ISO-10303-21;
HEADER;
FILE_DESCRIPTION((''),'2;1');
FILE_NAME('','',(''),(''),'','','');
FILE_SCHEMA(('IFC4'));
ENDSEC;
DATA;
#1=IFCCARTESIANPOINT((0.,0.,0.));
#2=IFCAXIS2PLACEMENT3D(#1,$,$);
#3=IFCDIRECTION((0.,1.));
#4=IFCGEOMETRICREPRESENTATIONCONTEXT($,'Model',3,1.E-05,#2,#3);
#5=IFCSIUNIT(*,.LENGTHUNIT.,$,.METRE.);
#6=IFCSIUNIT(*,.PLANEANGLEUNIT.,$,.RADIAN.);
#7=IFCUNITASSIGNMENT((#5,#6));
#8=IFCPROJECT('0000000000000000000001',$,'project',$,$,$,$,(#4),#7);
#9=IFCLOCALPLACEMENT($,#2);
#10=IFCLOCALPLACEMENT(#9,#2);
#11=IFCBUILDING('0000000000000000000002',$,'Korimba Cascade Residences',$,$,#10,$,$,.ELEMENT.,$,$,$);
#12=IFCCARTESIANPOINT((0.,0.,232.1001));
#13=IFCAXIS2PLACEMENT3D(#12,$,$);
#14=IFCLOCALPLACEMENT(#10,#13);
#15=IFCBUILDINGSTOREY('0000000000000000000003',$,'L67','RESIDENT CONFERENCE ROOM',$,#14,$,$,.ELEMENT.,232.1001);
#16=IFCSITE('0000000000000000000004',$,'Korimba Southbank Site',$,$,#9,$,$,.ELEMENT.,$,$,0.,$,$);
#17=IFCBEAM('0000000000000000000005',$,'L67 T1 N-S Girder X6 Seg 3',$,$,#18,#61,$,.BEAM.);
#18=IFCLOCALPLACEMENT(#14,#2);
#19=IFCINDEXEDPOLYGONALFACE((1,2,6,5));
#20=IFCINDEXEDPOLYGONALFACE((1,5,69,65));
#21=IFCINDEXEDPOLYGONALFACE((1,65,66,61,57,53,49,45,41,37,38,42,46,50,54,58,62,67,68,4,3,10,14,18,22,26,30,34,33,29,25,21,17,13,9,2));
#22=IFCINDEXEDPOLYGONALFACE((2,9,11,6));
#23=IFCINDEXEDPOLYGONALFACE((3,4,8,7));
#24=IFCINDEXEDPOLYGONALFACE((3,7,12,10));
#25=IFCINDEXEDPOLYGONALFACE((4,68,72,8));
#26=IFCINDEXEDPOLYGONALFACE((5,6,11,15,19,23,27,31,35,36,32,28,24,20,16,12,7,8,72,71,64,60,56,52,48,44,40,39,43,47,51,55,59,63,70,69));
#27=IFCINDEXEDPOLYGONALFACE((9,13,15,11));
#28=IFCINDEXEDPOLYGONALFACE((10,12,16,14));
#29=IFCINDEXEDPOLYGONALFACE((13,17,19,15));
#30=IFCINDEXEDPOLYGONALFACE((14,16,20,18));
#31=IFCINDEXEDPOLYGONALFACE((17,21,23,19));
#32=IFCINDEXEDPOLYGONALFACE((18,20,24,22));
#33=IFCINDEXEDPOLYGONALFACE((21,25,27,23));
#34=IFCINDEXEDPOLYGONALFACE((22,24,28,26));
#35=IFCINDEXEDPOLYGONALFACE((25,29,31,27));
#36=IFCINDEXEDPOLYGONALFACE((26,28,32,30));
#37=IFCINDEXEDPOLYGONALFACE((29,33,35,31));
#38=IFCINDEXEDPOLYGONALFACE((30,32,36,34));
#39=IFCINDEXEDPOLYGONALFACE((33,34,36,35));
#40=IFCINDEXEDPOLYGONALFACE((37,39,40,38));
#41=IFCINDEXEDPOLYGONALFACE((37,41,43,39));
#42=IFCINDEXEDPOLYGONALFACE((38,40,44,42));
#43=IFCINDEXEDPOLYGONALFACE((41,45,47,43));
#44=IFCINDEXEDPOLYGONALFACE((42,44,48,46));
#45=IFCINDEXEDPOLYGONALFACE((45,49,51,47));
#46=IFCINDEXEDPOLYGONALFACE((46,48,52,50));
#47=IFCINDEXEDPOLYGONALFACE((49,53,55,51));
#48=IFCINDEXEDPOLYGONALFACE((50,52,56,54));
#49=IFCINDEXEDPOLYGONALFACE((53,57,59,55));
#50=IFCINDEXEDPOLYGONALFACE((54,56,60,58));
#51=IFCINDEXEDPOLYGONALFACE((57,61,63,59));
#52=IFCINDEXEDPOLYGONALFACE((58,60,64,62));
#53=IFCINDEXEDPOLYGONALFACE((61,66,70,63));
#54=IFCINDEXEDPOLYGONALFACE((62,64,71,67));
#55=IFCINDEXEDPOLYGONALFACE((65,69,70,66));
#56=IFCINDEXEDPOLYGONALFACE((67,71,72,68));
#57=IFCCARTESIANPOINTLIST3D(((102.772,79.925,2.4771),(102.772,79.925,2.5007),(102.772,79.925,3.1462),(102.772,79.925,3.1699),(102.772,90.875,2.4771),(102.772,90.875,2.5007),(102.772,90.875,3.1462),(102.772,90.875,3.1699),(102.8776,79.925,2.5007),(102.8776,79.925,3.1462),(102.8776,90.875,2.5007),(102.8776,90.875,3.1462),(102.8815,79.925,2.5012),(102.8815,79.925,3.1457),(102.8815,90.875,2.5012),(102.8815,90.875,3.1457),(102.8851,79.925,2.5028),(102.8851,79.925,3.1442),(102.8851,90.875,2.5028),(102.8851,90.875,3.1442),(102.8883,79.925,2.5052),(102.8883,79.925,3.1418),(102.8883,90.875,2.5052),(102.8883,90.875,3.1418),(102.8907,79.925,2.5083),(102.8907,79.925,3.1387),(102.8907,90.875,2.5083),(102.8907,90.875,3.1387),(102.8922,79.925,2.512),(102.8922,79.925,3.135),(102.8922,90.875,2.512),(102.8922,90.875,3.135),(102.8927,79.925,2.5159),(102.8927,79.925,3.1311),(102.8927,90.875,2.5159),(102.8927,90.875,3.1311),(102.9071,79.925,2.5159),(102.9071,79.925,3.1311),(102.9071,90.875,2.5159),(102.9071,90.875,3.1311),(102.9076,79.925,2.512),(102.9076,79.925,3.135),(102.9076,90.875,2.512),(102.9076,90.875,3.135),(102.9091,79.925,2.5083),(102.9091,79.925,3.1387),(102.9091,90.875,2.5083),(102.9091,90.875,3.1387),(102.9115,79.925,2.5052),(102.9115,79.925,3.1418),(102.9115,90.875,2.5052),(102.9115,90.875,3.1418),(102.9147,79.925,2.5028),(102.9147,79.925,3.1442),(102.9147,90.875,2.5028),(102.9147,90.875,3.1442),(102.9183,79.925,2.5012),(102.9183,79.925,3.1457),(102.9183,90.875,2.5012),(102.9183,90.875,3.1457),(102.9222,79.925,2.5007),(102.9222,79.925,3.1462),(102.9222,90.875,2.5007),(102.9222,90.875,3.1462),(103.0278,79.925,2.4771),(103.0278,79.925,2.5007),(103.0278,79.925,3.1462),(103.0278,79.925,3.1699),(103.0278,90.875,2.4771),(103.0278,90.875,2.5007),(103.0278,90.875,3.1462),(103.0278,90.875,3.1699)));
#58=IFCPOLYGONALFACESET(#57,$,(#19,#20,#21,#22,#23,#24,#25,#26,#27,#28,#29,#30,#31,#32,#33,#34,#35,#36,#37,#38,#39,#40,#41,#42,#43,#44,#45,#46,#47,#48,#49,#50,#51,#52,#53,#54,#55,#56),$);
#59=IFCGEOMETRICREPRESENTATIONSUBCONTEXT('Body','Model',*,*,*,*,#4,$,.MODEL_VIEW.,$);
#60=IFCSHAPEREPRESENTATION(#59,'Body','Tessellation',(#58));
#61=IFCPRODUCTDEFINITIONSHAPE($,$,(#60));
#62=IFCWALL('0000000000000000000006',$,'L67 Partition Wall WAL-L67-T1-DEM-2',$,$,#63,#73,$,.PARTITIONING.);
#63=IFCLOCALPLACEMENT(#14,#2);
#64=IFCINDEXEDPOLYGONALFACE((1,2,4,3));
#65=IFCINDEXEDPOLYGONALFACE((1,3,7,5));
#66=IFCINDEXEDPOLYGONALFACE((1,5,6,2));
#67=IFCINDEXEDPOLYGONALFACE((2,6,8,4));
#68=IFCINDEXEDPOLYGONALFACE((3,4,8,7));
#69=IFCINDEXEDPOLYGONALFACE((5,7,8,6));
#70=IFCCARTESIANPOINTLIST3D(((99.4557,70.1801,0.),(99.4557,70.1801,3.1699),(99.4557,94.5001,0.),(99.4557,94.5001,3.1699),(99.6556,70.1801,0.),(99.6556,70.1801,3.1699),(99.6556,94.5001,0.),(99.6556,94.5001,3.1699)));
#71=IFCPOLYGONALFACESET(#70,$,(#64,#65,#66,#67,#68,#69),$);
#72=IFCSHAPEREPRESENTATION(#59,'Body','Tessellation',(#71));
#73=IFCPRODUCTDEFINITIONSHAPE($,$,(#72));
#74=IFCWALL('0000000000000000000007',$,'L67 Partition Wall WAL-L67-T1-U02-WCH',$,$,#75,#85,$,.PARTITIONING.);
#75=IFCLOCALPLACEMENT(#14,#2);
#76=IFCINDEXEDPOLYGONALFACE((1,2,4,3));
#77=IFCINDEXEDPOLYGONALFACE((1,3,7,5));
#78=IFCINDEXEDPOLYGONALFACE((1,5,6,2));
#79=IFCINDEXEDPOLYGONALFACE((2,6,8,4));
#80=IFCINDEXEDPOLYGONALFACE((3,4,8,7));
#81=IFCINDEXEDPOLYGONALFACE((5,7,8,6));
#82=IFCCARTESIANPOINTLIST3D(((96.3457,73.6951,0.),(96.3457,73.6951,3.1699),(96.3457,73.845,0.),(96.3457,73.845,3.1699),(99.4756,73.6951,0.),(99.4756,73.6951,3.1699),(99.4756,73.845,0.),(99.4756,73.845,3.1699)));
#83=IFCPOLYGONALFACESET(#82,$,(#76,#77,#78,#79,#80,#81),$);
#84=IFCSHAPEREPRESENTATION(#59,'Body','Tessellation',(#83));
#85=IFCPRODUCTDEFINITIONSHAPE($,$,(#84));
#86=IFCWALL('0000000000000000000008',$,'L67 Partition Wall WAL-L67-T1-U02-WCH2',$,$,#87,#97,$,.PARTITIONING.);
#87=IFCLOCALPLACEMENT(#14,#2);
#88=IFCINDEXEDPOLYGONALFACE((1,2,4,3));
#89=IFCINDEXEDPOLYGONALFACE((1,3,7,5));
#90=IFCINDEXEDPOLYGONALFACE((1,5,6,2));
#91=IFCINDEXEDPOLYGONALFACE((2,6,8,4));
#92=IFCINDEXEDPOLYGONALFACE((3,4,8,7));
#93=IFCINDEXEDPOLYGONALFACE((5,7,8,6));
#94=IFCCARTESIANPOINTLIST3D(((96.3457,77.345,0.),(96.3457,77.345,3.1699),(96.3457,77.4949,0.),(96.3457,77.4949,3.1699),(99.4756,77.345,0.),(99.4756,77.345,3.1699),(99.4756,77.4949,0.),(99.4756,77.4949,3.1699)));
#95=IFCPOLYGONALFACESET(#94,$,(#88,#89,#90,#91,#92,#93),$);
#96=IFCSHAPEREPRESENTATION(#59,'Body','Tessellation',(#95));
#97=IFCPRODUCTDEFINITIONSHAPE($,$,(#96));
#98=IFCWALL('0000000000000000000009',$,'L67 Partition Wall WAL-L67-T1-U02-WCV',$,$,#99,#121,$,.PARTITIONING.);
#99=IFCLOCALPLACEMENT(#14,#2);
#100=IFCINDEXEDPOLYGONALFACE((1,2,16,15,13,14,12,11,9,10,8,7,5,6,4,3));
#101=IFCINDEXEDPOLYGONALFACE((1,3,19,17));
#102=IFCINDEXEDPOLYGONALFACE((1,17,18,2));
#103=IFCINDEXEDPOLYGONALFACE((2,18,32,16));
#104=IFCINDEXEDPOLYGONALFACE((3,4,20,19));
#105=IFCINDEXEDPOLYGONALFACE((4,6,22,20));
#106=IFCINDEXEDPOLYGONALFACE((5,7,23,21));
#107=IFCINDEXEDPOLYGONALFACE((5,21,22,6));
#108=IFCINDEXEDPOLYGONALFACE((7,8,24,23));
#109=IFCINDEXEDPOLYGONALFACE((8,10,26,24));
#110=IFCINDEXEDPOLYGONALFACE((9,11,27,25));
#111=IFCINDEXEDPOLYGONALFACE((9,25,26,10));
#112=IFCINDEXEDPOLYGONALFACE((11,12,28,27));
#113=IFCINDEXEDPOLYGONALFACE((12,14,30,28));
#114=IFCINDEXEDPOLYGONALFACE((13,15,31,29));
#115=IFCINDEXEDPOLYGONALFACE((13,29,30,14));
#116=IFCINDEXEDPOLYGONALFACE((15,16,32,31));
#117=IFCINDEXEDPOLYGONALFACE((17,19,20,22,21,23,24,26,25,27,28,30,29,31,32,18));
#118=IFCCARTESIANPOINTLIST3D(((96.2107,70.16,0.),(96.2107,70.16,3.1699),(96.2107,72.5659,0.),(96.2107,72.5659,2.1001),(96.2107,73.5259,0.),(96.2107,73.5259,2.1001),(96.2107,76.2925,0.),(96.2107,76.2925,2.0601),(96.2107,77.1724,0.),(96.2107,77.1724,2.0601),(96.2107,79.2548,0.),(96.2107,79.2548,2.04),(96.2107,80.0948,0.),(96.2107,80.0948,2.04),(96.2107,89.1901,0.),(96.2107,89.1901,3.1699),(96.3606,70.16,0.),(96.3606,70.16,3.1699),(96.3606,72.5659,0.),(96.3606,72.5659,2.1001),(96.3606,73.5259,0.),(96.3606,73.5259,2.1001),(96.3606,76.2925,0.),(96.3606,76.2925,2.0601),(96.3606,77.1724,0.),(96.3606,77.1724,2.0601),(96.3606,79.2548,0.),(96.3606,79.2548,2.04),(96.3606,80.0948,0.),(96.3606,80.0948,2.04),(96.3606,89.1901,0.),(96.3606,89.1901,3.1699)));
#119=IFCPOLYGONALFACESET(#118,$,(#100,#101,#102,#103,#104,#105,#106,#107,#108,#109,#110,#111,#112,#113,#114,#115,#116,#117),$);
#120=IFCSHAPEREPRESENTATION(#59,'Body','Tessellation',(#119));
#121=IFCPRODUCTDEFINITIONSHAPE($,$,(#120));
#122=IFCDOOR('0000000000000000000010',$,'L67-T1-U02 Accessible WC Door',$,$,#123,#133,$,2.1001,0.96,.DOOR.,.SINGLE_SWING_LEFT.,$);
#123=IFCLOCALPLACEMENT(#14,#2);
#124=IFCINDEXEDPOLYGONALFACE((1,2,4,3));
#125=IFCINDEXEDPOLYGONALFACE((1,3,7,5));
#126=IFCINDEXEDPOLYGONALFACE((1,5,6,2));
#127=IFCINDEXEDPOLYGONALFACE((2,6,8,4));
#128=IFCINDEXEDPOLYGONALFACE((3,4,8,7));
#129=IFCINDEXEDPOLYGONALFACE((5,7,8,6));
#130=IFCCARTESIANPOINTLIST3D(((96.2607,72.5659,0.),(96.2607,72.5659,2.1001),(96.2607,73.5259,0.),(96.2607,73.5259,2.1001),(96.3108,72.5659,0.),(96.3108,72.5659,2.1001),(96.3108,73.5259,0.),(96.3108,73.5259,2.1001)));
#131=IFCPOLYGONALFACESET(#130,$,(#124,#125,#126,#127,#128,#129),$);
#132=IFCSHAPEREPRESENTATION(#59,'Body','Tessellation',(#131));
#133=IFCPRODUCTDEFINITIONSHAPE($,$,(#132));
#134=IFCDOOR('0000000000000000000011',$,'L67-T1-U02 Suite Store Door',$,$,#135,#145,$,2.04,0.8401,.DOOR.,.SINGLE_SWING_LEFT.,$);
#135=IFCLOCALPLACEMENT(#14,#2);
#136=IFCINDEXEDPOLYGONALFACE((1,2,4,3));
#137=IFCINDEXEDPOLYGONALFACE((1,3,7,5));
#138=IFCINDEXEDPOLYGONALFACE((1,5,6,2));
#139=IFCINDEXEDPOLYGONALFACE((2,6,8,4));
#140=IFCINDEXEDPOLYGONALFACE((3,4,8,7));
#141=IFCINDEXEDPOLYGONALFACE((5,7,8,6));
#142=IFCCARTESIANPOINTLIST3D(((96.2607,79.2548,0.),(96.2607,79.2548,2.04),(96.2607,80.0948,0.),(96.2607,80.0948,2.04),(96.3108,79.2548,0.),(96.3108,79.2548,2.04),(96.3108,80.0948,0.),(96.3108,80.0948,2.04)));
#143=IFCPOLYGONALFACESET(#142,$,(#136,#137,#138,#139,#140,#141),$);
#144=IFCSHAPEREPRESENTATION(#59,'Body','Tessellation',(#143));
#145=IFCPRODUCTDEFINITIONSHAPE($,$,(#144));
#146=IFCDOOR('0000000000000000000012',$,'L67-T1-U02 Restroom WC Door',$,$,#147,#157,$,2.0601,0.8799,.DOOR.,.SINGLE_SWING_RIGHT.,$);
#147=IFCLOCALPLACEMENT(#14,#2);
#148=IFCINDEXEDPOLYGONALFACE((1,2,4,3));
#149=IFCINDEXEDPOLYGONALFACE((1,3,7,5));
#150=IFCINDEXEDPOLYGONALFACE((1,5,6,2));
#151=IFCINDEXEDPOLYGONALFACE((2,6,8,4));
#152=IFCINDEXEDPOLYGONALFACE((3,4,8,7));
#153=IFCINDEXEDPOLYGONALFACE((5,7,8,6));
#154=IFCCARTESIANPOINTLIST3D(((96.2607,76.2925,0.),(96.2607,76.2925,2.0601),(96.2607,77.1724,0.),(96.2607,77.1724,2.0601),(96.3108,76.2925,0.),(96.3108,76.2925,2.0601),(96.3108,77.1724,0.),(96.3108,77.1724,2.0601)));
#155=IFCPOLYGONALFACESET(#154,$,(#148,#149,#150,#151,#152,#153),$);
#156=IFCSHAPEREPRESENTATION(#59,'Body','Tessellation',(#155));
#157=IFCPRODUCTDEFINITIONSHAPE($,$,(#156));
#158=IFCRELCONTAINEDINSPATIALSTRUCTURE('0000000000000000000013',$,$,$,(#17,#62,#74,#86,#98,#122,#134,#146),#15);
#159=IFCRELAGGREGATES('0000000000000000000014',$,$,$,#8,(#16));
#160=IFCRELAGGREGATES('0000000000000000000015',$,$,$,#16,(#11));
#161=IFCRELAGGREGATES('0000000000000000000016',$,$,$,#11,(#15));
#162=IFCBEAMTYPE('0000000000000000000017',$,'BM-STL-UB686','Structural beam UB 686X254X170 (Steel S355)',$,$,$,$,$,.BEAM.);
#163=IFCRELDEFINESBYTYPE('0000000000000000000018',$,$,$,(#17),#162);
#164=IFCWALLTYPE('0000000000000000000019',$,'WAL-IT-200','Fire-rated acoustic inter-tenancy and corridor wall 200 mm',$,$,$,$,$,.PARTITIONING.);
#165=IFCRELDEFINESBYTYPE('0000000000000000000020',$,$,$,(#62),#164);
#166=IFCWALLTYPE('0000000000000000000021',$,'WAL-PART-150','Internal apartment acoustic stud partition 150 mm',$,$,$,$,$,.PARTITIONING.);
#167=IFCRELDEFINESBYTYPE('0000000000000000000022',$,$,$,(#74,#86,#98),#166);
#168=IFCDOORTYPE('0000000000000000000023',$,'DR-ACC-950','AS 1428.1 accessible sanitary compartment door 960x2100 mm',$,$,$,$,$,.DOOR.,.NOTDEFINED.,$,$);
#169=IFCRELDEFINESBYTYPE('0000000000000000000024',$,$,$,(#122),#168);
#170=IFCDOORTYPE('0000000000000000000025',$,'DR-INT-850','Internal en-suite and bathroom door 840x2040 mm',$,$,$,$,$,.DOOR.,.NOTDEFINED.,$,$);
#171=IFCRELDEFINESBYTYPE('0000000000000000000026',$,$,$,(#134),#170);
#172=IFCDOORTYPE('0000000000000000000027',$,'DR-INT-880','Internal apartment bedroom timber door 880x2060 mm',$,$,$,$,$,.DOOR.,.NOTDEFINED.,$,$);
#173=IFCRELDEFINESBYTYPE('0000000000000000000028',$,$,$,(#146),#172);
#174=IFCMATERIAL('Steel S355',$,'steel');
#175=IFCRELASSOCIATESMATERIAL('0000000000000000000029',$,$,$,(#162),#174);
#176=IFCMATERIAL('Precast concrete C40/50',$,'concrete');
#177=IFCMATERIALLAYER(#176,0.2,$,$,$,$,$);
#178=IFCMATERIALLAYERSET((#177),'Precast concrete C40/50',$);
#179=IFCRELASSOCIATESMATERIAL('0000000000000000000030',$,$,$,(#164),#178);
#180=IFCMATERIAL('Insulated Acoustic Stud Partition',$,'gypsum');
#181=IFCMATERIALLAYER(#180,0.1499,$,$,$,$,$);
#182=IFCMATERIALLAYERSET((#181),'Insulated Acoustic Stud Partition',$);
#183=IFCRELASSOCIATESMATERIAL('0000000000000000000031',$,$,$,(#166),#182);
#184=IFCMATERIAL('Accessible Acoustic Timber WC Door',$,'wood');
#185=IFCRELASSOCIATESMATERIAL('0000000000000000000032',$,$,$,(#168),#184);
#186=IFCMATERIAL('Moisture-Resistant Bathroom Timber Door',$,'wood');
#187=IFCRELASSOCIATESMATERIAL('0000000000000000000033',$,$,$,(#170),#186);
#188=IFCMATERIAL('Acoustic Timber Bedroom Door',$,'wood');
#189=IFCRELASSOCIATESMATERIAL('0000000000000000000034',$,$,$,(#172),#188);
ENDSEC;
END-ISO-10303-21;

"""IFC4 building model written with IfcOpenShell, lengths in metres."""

from ifc_helpers import new_model, si_unit, direction, frame, frame_2d, origin, origin_2d, place, context, subcontext, project, spatial, rectangle, i_section, extrude, material, layer, layer_set, material_profile, profile_set, type_object, element, fill, save


model = new_model("IFC4")

# Units and contexts
model_context = context("Model", 3, precision=1e-05, world=origin(), true_north=direction((0.0, 1.0)))
body_context = subcontext(model_context, "Body", "Model", "MODEL_VIEW")
ifc_project = project(units=[si_unit("LENGTHUNIT", "METRE"), si_unit("PLANEANGLEUNIT", "RADIAN")], contexts=[model_context])

# Site, building, storey
site_placement = place(None, origin())
site = spatial("IfcSite", under=ifc_project, at=site_placement, Name="Korimba Southbank Site", CompositionType="ELEMENT", RefElevation=0.0)
building_placement = place(site_placement, origin())
building = spatial("IfcBuilding", under=site, at=building_placement, Name="Korimba Cascade Residences", CompositionType="ELEMENT")
storey_placement = place(building_placement, frame((0.0, 0.0, 232.1001)))
storey = spatial("IfcBuildingStorey", under=building, at=storey_placement, Name="L67", Description="RESIDENT CONFERENCE ROOM", CompositionType="ELEMENT", Elevation=232.1001)

# Beam
ifc_material_1 = material(Name="Steel S355", Category="steel")
ifc_material_profile_1 = material_profile(ifc_material_1, i_section(OverallWidth=0.2559, OverallDepth=0.6929, WebThickness=0.0144, FlangeThickness=0.0237, FilletRadius=0.0151, at=origin_2d()), Name="Steel S355")
ifc_profile_set_1 = profile_set([ifc_material_profile_1], Name="Steel S355")
beam_type_1 = type_object("IfcBeamType", Name="BM-STL-UB686", Description="Structural beam UB 686X254X170 (Steel S355)", PredefinedType="BEAM", material=ifc_profile_set_1)
for number, where, z_axis, x_axis, name in (
    (1, (102.8999, 79.925, 2.8235), (0.0, 1.0, 0.0), (-1.0, 0.0, 0.0), "L67 T1 N-S Girder X6 Seg 3"),
):
    element("IfcBeam", number, at=place(storey_placement, frame(where, z_axis=z_axis, x_axis=x_axis)), inside=storey, type_object=beam_type_1, Name=name, PredefinedType="BEAM", context=body_context, shape_type="SweptSolid", body=[
        extrude(i_section(OverallWidth=0.2559, OverallDepth=0.6929, WebThickness=0.0144, FlangeThickness=0.0237, FilletRadius=0.0151, at=origin_2d()), origin(), (0.0, 0.0, 1.0), 10.95),
    ])

# Walls
ifc_material_2 = material(Name="Precast concrete C40/50", Category="concrete")
ifc_layer_1 = layer(ifc_material_2, 0.2)
ifc_layer_set_1 = layer_set([ifc_layer_1], Name="Precast concrete C40/50")
wall_type_1 = type_object("IfcWallType", Name="WAL-IT-200", Description="Fire-rated acoustic inter-tenancy and corridor wall 200 mm", PredefinedType="PARTITIONING", material=ifc_layer_set_1)
wall_1_placement = place(storey_placement, frame((99.5557, 70.1799, 0.0), z_axis=(0.0, 0.0, 1.0), x_axis=(0.0, 1.0, 0.0)))
element("IfcWall", 2, at=wall_1_placement, inside=storey, type_object=wall_type_1, Name="L67 Partition Wall WAL-L67-T1-DEM-2", PredefinedType="PARTITIONING", context=body_context, shape_type="SweptSolid", body=[
    extrude(rectangle(XDim=24.3201, YDim=0.2, at=frame_2d((12.1602, 0.0))), origin(), (0.0, 0.0, 1.0), 3.1699),
])
ifc_material_3 = material(Name="Insulated Acoustic Stud Partition", Category="gypsum")
ifc_layer_2 = layer(ifc_material_3, 0.1499)
ifc_layer_set_2 = layer_set([ifc_layer_2], Name="Insulated Acoustic Stud Partition")
wall_type_2 = type_object("IfcWallType", Name="WAL-PART-150", Description="Internal apartment acoustic stud partition 150 mm", PredefinedType="PARTITIONING", material=ifc_layer_set_2)
for number, where, z_axis, x_axis, name in (
    (3, (96.3457, 73.77, 0.0), (0.0, 0.0, 1.0), (1.0, 0.0, 0.0), "L67 Partition Wall WAL-L67-T1-U02-WCH"),
    (4, (96.3457, 77.4199, 0.0), (0.0, 0.0, 1.0), (1.0, 0.0, 0.0), "L67 Partition Wall WAL-L67-T1-U02-WCH2"),
):
    element("IfcWall", number, at=place(storey_placement, frame(where, z_axis=z_axis, x_axis=x_axis)), inside=storey, type_object=wall_type_2, Name=name, PredefinedType="PARTITIONING", context=body_context, shape_type="SweptSolid", body=[
        extrude(rectangle(XDim=3.1299, YDim=0.1499, at=frame_2d((1.5649, 0.0))), origin(), (0.0, 0.0, 1.0), 3.1699),
    ])

# Wall, openings, doors
wall_2_placement = place(storey_placement, frame((96.2856, 70.1599, 0.0), z_axis=(0.0, 0.0, 1.0), x_axis=(0.0, 1.0, 0.0)))
wall_2 = element("IfcWall", 5, at=wall_2_placement, inside=storey, type_object=wall_type_2, Name="L67 Partition Wall WAL-L67-T1-U02-WCV", PredefinedType="PARTITIONING", context=body_context, shape_type="SweptSolid", body=[
    extrude(rectangle(XDim=19.03, YDim=0.1499, at=frame_2d((9.5151, 0.0))), origin(), (0.0, 0.0, 1.0), 3.1699),
])
opening_1_placement = place(wall_2_placement, frame((2.406, 0.0, 0.0)))
opening_1 = element("IfcOpeningElement", 6, at=opening_1_placement, cuts=wall_2, PredefinedType="OPENING", context=body_context, shape_type="SweptSolid", body=[
    extrude(rectangle(XDim=0.96, YDim=2.1001, at=frame_2d((0.48, 1.05))), frame((0.0, 0.085, 0.0), z_axis=(0.0, -1.0, 0.0), x_axis=(1.0, 0.0, 0.0)), (0.0, 0.0, 1.0), 0.1699),
])
opening_2_placement = place(wall_2_placement, frame((6.1326, 0.0, 0.0)))
opening_2 = element("IfcOpeningElement", 7, at=opening_2_placement, cuts=wall_2, PredefinedType="OPENING", context=body_context, shape_type="SweptSolid", body=[
    extrude(rectangle(XDim=0.8799, YDim=2.0601, at=frame_2d((0.4399, 1.03))), frame((0.0, 0.085, 0.0), z_axis=(0.0, -1.0, 0.0), x_axis=(1.0, 0.0, 0.0)), (0.0, 0.0, 1.0), 0.1699),
])
opening_3_placement = place(wall_2_placement, frame((9.095, 0.0, 0.0)))
opening_3 = element("IfcOpeningElement", 8, at=opening_3_placement, cuts=wall_2, PredefinedType="OPENING", context=body_context, shape_type="SweptSolid", body=[
    extrude(rectangle(XDim=0.8401, YDim=2.04, at=frame_2d((0.4199, 1.02))), frame((0.0, 0.085, 0.0), z_axis=(0.0, -1.0, 0.0), x_axis=(1.0, 0.0, 0.0)), (0.0, 0.0, 1.0), 0.1699),
])
ifc_material_4 = material(Name="Accessible Acoustic Timber WC Door", Category="wood")
door_type_1 = type_object("IfcDoorType", Name="DR-ACC-950", Description="AS 1428.1 accessible sanitary compartment door 960x2100 mm", OperationType="NOTDEFINED", PredefinedType="DOOR", material=ifc_material_4)
door_1_placement = place(opening_1_placement, origin())
door_1 = element("IfcDoor", 9, at=door_1_placement, inside=storey, type_object=door_type_1, Name="L67-T1-U02 Accessible WC Door", OperationType="SINGLE_SWING_LEFT", OverallHeight=2.1001, OverallWidth=0.96, PredefinedType="DOOR", context=body_context, shape_type="SweptSolid", body=[
    extrude(rectangle(XDim=0.96, YDim=2.1001, at=frame_2d((0.48, 1.05))), frame((0.0, 0.0249, 0.0), z_axis=(0.0, -1.0, 0.0), x_axis=(1.0, 0.0, 0.0)), (0.0, 0.0, 1.0), 0.05),
])
fill(opening_1, door_1)
ifc_material_5 = material(Name="Moisture-Resistant Bathroom Timber Door", Category="wood")
door_type_2 = type_object("IfcDoorType", Name="DR-INT-850", Description="Internal en-suite and bathroom door 840x2040 mm", OperationType="NOTDEFINED", PredefinedType="DOOR", material=ifc_material_5)
door_2_placement = place(opening_3_placement, origin())
door_2 = element("IfcDoor", 10, at=door_2_placement, inside=storey, type_object=door_type_2, Name="L67-T1-U02 Suite Store Door", OperationType="SINGLE_SWING_LEFT", OverallHeight=2.04, OverallWidth=0.8401, PredefinedType="DOOR", context=body_context, shape_type="SweptSolid", body=[
    extrude(rectangle(XDim=0.8401, YDim=2.04, at=frame_2d((0.4199, 1.02))), frame((0.0, 0.0249, 0.0), z_axis=(0.0, -1.0, 0.0), x_axis=(1.0, 0.0, 0.0)), (0.0, 0.0, 1.0), 0.05),
])
fill(opening_3, door_2)
ifc_material_6 = material(Name="Acoustic Timber Bedroom Door", Category="wood")
door_type_3 = type_object("IfcDoorType", Name="DR-INT-880", Description="Internal apartment bedroom timber door 880x2060 mm", OperationType="NOTDEFINED", PredefinedType="DOOR", material=ifc_material_6)
door_3_placement = place(opening_2_placement, origin())
door_3 = element("IfcDoor", 11, at=door_3_placement, inside=storey, type_object=door_type_3, Name="L67-T1-U02 Restroom WC Door", OperationType="SINGLE_SWING_RIGHT", OverallHeight=2.0601, OverallWidth=0.8799, PredefinedType="DOOR", context=body_context, shape_type="SweptSolid", body=[
    extrude(rectangle(XDim=0.8799, YDim=2.0601, at=frame_2d((0.4399, 1.03))), frame((0.0, 0.0249, 0.0), z_axis=(0.0, -1.0, 0.0), x_axis=(1.0, 0.0, 0.0)), (0.0, 0.0, 1.0), 0.05),
])
fill(opening_2, door_3)

save(model, "model.ifc")
